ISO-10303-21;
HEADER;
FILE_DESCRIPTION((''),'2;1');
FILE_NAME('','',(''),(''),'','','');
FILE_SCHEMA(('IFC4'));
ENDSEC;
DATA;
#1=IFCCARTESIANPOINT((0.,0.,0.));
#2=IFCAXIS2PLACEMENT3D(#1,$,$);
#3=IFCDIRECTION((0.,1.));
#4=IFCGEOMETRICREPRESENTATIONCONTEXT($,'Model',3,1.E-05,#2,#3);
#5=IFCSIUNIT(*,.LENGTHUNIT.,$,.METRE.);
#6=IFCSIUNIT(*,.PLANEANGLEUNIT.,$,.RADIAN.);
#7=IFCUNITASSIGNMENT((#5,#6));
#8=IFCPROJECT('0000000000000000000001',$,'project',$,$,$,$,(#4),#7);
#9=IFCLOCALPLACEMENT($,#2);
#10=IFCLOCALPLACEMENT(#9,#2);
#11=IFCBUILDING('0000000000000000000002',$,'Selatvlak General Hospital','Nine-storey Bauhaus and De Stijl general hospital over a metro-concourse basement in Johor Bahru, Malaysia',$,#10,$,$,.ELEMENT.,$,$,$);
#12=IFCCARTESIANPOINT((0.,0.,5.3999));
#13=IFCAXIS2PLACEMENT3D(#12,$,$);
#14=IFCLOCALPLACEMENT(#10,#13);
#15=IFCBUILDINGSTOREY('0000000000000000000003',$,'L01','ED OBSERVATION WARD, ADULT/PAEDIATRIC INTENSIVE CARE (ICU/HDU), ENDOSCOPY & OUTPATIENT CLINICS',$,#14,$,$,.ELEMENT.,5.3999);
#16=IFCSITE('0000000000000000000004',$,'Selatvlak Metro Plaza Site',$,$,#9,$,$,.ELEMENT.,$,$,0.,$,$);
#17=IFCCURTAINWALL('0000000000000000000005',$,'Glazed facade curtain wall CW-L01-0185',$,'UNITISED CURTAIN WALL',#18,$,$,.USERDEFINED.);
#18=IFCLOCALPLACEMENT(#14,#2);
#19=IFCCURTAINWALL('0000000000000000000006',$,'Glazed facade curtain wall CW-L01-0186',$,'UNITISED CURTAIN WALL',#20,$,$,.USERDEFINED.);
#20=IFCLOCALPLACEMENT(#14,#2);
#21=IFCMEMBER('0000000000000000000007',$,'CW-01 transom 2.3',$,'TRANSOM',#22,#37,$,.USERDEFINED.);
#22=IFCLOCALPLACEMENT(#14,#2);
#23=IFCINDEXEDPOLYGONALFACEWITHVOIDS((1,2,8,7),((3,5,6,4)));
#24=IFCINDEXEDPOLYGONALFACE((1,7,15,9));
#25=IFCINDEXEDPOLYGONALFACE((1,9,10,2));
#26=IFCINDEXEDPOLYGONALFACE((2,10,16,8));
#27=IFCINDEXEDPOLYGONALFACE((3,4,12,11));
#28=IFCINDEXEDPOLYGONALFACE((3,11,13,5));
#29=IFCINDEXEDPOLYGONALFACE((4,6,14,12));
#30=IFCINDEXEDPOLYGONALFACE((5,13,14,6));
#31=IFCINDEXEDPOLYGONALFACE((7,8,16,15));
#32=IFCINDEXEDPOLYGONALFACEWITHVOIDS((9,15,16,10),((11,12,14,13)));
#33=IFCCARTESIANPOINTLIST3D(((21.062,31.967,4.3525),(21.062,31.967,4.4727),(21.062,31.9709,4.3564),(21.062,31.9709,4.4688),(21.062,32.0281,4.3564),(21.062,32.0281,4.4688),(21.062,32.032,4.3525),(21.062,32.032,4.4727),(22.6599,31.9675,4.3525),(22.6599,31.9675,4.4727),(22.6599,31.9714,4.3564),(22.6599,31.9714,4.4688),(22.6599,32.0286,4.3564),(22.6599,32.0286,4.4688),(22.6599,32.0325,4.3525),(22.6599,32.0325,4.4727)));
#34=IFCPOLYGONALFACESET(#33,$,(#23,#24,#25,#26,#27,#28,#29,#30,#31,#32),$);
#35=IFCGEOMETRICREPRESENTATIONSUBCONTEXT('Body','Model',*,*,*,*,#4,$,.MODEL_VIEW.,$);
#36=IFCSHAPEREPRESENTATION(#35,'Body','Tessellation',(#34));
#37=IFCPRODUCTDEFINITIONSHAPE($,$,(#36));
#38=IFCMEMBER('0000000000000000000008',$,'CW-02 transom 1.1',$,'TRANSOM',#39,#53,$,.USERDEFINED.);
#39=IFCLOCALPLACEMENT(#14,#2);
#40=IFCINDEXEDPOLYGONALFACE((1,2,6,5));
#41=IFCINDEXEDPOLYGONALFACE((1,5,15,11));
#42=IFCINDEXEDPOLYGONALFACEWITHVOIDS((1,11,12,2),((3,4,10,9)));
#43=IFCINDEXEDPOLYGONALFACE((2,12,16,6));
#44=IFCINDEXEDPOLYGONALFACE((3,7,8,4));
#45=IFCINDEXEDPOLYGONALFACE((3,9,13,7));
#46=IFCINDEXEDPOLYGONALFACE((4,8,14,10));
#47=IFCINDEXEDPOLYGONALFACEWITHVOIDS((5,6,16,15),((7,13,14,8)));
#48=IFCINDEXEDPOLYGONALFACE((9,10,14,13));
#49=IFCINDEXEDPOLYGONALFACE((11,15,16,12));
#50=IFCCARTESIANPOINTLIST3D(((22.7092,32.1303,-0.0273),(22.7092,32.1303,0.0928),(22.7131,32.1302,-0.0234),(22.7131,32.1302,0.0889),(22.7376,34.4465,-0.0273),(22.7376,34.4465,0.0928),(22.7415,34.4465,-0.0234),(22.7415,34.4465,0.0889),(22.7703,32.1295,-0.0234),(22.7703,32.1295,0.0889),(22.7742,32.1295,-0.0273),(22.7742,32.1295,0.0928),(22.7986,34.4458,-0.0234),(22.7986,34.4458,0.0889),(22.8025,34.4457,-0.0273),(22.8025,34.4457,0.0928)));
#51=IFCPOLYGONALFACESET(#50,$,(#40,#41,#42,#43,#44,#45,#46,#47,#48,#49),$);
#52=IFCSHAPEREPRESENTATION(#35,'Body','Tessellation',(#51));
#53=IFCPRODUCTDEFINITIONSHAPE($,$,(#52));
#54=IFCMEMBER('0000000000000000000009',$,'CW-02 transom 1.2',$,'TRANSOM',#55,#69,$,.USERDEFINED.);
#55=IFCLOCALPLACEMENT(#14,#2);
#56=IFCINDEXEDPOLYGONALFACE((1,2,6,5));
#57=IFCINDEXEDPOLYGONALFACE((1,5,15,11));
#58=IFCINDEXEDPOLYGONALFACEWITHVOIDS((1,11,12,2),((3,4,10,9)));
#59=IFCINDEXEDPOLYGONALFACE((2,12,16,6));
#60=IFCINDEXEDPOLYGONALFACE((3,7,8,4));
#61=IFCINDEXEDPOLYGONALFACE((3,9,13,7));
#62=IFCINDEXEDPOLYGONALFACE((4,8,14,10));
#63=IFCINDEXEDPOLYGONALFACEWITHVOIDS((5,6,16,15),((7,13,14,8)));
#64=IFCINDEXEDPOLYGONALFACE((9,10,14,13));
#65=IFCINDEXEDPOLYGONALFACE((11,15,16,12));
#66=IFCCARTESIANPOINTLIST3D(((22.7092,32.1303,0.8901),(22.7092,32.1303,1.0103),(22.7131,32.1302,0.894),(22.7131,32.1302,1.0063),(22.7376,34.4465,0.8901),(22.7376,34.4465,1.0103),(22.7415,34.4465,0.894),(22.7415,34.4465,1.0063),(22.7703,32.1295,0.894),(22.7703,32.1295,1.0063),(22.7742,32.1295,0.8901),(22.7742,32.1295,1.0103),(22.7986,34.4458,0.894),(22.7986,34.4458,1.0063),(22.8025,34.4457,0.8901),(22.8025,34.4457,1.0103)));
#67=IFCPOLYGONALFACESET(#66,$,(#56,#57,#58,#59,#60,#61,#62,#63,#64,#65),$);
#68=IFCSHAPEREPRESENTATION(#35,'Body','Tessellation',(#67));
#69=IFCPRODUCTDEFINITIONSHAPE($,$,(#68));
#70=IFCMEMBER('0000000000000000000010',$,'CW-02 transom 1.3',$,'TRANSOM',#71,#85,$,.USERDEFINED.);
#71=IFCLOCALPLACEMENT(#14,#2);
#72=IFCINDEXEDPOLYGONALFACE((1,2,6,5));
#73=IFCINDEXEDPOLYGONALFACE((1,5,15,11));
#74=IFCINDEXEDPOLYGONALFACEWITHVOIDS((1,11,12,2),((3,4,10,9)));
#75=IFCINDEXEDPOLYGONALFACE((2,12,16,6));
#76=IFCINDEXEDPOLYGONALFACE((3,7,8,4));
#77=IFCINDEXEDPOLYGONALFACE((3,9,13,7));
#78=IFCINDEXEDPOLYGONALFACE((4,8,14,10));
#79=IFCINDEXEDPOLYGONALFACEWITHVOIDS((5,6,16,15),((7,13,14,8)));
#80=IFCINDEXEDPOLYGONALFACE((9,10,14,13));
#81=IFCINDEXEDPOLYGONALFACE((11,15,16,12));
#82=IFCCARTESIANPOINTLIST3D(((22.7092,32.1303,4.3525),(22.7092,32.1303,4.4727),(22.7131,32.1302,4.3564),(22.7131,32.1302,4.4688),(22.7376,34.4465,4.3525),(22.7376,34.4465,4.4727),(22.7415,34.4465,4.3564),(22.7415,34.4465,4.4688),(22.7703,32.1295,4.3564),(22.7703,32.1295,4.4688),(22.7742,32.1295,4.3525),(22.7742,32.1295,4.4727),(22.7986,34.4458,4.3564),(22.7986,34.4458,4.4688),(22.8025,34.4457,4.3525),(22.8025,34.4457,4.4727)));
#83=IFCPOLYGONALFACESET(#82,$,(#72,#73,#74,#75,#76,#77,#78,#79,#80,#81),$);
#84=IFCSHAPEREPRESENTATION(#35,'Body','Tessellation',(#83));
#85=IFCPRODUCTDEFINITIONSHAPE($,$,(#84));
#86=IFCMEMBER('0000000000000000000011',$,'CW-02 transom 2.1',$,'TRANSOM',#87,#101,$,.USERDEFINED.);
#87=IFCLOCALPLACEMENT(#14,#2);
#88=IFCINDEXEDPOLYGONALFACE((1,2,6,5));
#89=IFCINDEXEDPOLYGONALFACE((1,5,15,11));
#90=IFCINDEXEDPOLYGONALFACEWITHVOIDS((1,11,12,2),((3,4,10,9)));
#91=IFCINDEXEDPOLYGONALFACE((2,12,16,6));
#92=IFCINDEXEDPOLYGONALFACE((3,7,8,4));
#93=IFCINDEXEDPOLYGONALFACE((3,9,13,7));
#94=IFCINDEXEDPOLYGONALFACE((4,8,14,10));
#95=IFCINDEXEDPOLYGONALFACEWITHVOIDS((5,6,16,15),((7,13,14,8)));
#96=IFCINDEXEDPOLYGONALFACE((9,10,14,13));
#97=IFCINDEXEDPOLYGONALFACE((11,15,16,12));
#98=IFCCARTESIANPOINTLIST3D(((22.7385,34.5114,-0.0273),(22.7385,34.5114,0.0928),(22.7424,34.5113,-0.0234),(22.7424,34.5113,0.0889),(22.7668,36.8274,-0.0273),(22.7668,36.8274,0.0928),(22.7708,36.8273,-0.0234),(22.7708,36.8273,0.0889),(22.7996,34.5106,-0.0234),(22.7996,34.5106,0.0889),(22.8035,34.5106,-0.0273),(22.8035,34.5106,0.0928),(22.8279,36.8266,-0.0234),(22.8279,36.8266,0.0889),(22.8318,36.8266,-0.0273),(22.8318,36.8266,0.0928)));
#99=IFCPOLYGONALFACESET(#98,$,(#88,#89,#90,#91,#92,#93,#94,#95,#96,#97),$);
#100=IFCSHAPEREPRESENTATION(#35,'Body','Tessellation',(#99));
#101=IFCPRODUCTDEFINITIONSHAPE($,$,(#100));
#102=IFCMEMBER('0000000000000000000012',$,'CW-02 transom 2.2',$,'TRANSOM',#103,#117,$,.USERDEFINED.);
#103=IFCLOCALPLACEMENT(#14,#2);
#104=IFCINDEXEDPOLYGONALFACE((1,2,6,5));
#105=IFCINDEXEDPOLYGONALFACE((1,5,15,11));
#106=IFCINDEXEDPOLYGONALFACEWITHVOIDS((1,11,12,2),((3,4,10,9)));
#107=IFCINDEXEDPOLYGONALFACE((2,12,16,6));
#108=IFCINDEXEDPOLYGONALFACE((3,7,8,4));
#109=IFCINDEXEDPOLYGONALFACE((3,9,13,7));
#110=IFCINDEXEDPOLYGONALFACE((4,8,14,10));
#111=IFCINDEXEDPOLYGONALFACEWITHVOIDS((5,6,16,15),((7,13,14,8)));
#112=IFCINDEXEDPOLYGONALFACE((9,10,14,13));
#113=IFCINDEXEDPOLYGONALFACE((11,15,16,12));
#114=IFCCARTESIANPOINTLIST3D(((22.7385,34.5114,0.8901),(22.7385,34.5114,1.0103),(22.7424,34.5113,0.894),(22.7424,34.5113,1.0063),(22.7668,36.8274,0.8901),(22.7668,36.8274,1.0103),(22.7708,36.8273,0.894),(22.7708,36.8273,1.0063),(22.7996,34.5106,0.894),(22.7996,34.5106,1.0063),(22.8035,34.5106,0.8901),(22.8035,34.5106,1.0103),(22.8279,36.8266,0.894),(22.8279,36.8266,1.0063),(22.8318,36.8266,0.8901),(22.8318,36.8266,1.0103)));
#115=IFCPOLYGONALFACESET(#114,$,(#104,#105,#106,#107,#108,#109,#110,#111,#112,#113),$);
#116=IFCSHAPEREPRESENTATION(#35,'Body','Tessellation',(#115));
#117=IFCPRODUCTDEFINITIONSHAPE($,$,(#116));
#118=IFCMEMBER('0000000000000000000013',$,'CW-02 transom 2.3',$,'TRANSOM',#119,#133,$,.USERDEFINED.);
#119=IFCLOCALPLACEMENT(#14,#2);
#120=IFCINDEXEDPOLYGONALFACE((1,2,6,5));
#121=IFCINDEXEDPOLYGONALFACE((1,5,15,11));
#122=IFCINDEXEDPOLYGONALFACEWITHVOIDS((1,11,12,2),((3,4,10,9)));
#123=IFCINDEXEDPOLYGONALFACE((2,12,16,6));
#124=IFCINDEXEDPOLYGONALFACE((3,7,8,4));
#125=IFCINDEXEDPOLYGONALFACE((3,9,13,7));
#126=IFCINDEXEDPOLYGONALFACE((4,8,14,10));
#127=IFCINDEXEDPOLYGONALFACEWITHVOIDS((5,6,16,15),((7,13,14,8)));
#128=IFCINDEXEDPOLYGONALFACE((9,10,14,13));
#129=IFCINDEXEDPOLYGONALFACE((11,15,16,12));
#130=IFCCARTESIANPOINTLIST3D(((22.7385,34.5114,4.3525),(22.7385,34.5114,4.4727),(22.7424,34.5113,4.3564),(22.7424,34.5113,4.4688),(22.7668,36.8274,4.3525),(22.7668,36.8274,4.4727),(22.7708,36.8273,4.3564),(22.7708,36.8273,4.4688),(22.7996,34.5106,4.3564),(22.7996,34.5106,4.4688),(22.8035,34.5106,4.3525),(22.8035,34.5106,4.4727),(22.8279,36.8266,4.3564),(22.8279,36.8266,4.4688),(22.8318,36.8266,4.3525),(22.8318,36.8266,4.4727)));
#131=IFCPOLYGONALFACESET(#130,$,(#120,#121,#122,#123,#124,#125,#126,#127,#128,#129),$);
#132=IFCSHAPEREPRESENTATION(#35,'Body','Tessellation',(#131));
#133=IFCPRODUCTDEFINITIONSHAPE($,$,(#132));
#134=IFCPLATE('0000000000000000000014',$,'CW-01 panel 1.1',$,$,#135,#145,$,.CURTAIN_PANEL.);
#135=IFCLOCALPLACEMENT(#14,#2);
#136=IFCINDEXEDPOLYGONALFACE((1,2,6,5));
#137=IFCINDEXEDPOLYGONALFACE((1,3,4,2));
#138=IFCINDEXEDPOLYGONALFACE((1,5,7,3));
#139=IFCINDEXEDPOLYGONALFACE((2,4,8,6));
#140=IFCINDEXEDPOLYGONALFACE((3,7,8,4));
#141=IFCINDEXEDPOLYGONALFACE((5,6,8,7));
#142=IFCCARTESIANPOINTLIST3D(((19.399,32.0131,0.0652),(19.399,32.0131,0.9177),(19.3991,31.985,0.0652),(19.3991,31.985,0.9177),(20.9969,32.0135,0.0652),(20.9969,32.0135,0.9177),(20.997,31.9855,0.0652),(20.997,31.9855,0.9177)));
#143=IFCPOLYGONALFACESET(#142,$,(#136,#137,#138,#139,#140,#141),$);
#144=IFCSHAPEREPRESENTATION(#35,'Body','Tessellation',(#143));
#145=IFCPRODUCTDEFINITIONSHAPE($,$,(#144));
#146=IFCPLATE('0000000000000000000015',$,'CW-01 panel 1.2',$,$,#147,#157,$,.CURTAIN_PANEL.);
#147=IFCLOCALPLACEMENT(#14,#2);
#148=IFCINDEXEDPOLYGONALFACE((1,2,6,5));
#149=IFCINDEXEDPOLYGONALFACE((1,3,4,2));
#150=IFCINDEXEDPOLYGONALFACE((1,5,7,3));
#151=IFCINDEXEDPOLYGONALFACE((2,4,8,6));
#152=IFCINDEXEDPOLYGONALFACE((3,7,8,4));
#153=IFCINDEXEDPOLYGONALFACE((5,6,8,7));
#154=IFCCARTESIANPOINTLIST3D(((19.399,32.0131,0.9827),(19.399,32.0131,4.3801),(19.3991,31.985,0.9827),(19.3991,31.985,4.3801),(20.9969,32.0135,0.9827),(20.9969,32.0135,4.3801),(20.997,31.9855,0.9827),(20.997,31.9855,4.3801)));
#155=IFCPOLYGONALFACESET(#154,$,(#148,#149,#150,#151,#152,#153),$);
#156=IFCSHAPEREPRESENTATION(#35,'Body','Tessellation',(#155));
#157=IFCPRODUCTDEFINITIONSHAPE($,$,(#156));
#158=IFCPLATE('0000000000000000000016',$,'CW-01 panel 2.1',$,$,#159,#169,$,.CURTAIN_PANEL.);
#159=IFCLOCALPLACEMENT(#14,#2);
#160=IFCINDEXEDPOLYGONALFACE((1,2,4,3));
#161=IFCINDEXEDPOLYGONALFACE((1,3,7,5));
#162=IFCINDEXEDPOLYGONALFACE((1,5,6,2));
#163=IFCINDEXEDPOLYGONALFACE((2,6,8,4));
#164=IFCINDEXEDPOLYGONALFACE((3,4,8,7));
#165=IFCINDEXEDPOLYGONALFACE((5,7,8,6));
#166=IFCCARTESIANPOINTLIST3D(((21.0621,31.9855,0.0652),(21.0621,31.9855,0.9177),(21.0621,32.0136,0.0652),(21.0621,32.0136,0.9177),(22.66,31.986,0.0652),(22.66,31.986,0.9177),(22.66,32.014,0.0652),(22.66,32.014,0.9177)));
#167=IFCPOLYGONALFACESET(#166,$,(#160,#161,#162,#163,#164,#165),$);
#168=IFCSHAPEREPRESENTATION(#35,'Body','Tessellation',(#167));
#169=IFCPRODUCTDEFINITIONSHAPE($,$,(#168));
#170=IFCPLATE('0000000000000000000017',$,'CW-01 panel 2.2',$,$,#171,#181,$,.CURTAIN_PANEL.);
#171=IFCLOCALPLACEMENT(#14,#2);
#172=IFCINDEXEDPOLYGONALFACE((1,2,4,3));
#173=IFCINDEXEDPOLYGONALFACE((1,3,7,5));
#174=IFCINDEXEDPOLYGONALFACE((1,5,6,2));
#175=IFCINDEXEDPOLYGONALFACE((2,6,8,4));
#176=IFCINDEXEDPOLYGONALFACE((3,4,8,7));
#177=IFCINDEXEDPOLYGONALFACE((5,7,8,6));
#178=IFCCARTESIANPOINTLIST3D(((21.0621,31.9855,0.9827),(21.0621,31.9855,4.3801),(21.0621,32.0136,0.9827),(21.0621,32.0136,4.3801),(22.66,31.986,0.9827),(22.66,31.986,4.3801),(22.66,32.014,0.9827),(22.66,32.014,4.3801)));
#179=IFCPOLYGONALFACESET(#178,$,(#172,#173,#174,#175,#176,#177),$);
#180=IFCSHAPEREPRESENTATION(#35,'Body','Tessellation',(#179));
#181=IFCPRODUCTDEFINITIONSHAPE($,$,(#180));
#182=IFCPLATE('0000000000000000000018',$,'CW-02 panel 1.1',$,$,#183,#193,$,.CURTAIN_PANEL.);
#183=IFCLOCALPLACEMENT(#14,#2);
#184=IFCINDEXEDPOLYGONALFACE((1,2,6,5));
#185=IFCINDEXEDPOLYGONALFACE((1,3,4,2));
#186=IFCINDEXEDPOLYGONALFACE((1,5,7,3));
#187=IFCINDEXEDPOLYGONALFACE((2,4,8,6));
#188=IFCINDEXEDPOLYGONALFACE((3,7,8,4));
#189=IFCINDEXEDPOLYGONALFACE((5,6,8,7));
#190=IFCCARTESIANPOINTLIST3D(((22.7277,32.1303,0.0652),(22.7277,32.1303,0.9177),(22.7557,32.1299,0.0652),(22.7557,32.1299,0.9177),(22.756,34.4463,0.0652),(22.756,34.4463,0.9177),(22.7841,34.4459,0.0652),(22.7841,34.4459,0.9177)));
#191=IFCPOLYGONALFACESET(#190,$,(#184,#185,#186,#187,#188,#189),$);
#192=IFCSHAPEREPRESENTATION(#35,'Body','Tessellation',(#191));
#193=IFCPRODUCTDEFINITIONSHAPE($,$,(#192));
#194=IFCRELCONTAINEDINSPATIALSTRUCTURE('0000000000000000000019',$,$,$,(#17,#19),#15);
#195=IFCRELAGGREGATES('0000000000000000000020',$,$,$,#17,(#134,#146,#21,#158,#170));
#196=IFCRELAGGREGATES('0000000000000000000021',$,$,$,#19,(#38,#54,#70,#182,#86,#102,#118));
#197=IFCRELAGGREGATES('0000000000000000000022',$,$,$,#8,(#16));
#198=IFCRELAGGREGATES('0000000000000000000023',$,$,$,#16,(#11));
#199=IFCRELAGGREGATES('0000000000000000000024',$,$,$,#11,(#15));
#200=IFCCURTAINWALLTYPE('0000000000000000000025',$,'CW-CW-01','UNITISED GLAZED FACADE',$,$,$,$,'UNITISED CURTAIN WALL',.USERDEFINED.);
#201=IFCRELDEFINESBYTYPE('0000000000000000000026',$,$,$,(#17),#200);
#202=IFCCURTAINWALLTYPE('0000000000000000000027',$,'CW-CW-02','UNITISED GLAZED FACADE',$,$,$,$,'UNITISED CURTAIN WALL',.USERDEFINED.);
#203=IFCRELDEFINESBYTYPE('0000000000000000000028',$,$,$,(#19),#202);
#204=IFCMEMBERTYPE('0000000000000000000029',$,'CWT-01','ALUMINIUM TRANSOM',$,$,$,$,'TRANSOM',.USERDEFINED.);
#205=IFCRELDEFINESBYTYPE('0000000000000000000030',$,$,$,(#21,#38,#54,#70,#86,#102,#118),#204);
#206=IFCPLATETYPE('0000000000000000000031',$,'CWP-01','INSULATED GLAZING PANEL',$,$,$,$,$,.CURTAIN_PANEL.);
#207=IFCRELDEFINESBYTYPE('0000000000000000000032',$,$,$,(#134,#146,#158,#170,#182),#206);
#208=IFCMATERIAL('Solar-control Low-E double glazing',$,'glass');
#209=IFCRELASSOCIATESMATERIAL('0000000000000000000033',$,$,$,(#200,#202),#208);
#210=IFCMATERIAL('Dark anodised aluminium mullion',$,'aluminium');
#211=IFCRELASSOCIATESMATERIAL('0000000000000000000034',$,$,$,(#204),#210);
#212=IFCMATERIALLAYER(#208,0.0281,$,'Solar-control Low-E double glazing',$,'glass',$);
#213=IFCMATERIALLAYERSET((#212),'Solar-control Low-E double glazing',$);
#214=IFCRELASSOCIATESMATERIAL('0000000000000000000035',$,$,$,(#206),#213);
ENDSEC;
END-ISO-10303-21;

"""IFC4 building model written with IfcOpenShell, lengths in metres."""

from ifc_helpers import new_model, si_unit, direction, frame, origin, origin_2d, place, context, subcontext, project, spatial, rectangle, hollow_rectangle, extrude, material, layer, layer_set, material_profile, profile_set, type_object, element, aggregate, save


model = new_model("IFC4")

# Units and contexts
model_context = context("Model", 3, precision=1e-05, world=origin(), true_north=direction((0.0, 1.0)))
body_context = subcontext(model_context, "Body", "Model", "MODEL_VIEW")
ifc_project = project(units=[si_unit("LENGTHUNIT", "METRE"), si_unit("PLANEANGLEUNIT", "RADIAN")], contexts=[model_context])

# Site, building, storey
site_placement = place(None, origin())
site = spatial("IfcSite", under=ifc_project, at=site_placement, Name="Selatvlak Metro Plaza Site", CompositionType="ELEMENT", RefElevation=0.0)
building_placement = place(site_placement, origin())
building = spatial("IfcBuilding", under=site, at=building_placement, Name="Selatvlak General Hospital", Description="Nine-storey Bauhaus and De Stijl general hospital over a metro-concourse basement in Johor Bahru, Malaysia", CompositionType="ELEMENT")
storey_placement = place(building_placement, frame((0.0, 0.0, 5.3999)))
storey = spatial("IfcBuildingStorey", under=building, at=storey_placement, Name="L01", Description="ED OBSERVATION WARD, ADULT/PAEDIATRIC INTENSIVE CARE (ICU/HDU), ENDOSCOPY & OUTPATIENT CLINICS", CompositionType="ELEMENT", Elevation=5.3999)

# Curtain walls
ifc_material_1 = material(Name="Solar-control Low-E double glazing", Category="glass")
curtain_wall_type_1 = type_object("IfcCurtainWallType", Name="CW-CW-01", Description="UNITISED GLAZED FACADE", ElementType="UNITISED CURTAIN WALL", PredefinedType="USERDEFINED", material=ifc_material_1)
curtain_wall_1_placement = place(storey_placement, origin())
curtain_wall_1 = element("IfcCurtainWall", 1, at=curtain_wall_1_placement, inside=storey, type_object=curtain_wall_type_1, Name="Glazed facade curtain wall CW-L01-0185", ObjectType="UNITISED CURTAIN WALL", PredefinedType="USERDEFINED")
ifc_material_2 = material(Name="Dark anodised aluminium mullion", Category="aluminium")
curtain_wall_type_2 = type_object("IfcCurtainWallType", Name="CW-CW-02", Description="UNITISED GLAZED FACADE", ElementType="UNITISED CURTAIN WALL", PredefinedType="USERDEFINED", material=ifc_material_1)
curtain_wall_2_placement = place(storey_placement, origin())
curtain_wall_2 = element("IfcCurtainWall", 2, at=curtain_wall_2_placement, inside=storey, type_object=curtain_wall_type_2, Name="Glazed facade curtain wall CW-L01-0186", ObjectType="UNITISED CURTAIN WALL", PredefinedType="USERDEFINED")

# Members
ifc_material_profile_1 = material_profile(ifc_material_2, hollow_rectangle(XDim=0.0649, YDim=0.1201, WallThickness=0.0039, at=origin_2d()), Name="AL-TRN 65x120x4")
ifc_profile_set_1 = profile_set([ifc_material_profile_1], Name="Dark anodised aluminium mullion")
member_type_1 = type_object("IfcMemberType", Name="CWT-01", Description="ALUMINIUM TRANSOM", ElementType="TRANSOM", PredefinedType="USERDEFINED", material=ifc_profile_set_1)
member_1_placement = place(storey_placement, frame((21.062, 31.9995, 4.4126), z_axis=(1.0, 0.000306, 0.0), x_axis=(-0.000306, 1.0, 0.0)))
member_1 = element("IfcMember", 3, at=member_1_placement, type_object=member_type_1, Name="CW-01 transom 2.3", ObjectType="TRANSOM", PredefinedType="USERDEFINED", context=body_context, shape_type="SweptSolid", body=[
    extrude(hollow_rectangle(XDim=0.0649, YDim=0.1201, WallThickness=0.0039, at=origin_2d()), origin(), (0.0, 0.0, 1.0), 1.5979),
])
member_2_placement = place(storey_placement, frame((22.7417, 32.1299, 0.0327), z_axis=(0.012226, 0.999925, 0.0), x_axis=(-0.999925, 0.012226, 0.0)))
member_2 = element("IfcMember", 4, at=member_2_placement, type_object=member_type_1, Name="CW-02 transom 1.1", ObjectType="TRANSOM", PredefinedType="USERDEFINED", context=body_context, shape_type="SweptSolid", body=[
    extrude(hollow_rectangle(XDim=0.0649, YDim=0.1201, WallThickness=0.0039, at=origin_2d()), origin(), (0.0, 0.0, 1.0), 2.3164),
])
member_3_placement = place(storey_placement, frame((22.7417, 32.1299, 0.9502), z_axis=(0.012226, 0.999925, 0.0), x_axis=(-0.999925, 0.012226, 0.0)))
member_3 = element("IfcMember", 5, at=member_3_placement, type_object=member_type_1, Name="CW-02 transom 1.2", ObjectType="TRANSOM", PredefinedType="USERDEFINED", context=body_context, shape_type="SweptSolid", body=[
    extrude(hollow_rectangle(XDim=0.0649, YDim=0.1201, WallThickness=0.0039, at=origin_2d()), origin(), (0.0, 0.0, 1.0), 2.3164),
])
member_4_placement = place(storey_placement, frame((22.7417, 32.1299, 4.4126), z_axis=(0.012226, 0.999925, 0.0), x_axis=(-0.999925, 0.012226, 0.0)))
member_4 = element("IfcMember", 6, at=member_4_placement, type_object=member_type_1, Name="CW-02 transom 1.3", ObjectType="TRANSOM", PredefinedType="USERDEFINED", context=body_context, shape_type="SweptSolid", body=[
    extrude(hollow_rectangle(XDim=0.0649, YDim=0.1201, WallThickness=0.0039, at=origin_2d()), origin(), (0.0, 0.0, 1.0), 2.3164),
])
member_5_placement = place(storey_placement, frame((22.771, 34.511, 0.0327), z_axis=(0.012228, 0.999925, 0.0), x_axis=(-0.999925, 0.012228, 0.0)))
member_5 = element("IfcMember", 7, at=member_5_placement, type_object=member_type_1, Name="CW-02 transom 2.1", ObjectType="TRANSOM", PredefinedType="USERDEFINED", context=body_context, shape_type="SweptSolid", body=[
    extrude(hollow_rectangle(XDim=0.0649, YDim=0.1201, WallThickness=0.0039, at=origin_2d()), origin(), (0.0, 0.0, 1.0), 2.3162),
])
member_6_placement = place(storey_placement, frame((22.771, 34.511, 0.9502), z_axis=(0.012228, 0.999925, 0.0), x_axis=(-0.999925, 0.012228, 0.0)))
member_6 = element("IfcMember", 8, at=member_6_placement, type_object=member_type_1, Name="CW-02 transom 2.2", ObjectType="TRANSOM", PredefinedType="USERDEFINED", context=body_context, shape_type="SweptSolid", body=[
    extrude(hollow_rectangle(XDim=0.0649, YDim=0.1201, WallThickness=0.0039, at=origin_2d()), origin(), (0.0, 0.0, 1.0), 2.3162),
])
member_7_placement = place(storey_placement, frame((22.771, 34.511, 4.4126), z_axis=(0.012228, 0.999925, 0.0), x_axis=(-0.999925, 0.012228, 0.0)))
member_7 = element("IfcMember", 9, at=member_7_placement, type_object=member_type_1, Name="CW-02 transom 2.3", ObjectType="TRANSOM", PredefinedType="USERDEFINED", context=body_context, shape_type="SweptSolid", body=[
    extrude(hollow_rectangle(XDim=0.0649, YDim=0.1201, WallThickness=0.0039, at=origin_2d()), origin(), (0.0, 0.0, 1.0), 2.3162),
])

# Plates
ifc_layer = layer(ifc_material_1, 0.0281, Name="Solar-control Low-E double glazing", Category="glass")
ifc_layer_set = layer_set([ifc_layer], Name="Solar-control Low-E double glazing")
plate_type = type_object("IfcPlateType", Name="CWP-01", Description="INSULATED GLAZING PANEL", PredefinedType="CURTAIN_PANEL", material=ifc_layer_set)
plate_1_placement = place(storey_placement, frame((20.198, 31.9993, 0.0652), z_axis=(0.0, 0.0, 1.0), x_axis=(1.0, 0.000295, 0.0)))
plate_1 = element("IfcPlate", 10, at=plate_1_placement, type_object=plate_type, Name="CW-01 panel 1.1", PredefinedType="CURTAIN_PANEL", context=body_context, shape_type="SweptSolid", body=[
    extrude(rectangle(XDim=1.5979, YDim=0.0281, at=origin_2d()), origin(), (0.0, 0.0, 1.0), 0.8525),
])
plate_2_placement = place(storey_placement, frame((20.198, 31.9993, 0.9827), z_axis=(0.0, 0.0, 1.0), x_axis=(1.0, 0.000295, 0.0)))
plate_2 = element("IfcPlate", 11, at=plate_2_placement, type_object=plate_type, Name="CW-01 panel 1.2", PredefinedType="CURTAIN_PANEL", context=body_context, shape_type="SweptSolid", body=[
    extrude(rectangle(XDim=1.5979, YDim=0.0281, at=origin_2d()), origin(), (0.0, 0.0, 1.0), 3.3975),
])
plate_3_placement = place(storey_placement, frame((21.8611, 31.9998, 0.0652), z_axis=(0.0, 0.0, 1.0), x_axis=(1.0, 0.000295, 0.0)))
plate_3 = element("IfcPlate", 12, at=plate_3_placement, type_object=plate_type, Name="CW-01 panel 2.1", PredefinedType="CURTAIN_PANEL", context=body_context, shape_type="SweptSolid", body=[
    extrude(rectangle(XDim=1.5979, YDim=0.0281, at=origin_2d()), origin(), (0.0, 0.0, 1.0), 0.8525),
])
plate_4_placement = place(storey_placement, frame((21.8611, 31.9998, 0.9827), z_axis=(0.0, 0.0, 1.0), x_axis=(1.0, 0.000295, 0.0)))
plate_4 = element("IfcPlate", 13, at=plate_4_placement, type_object=plate_type, Name="CW-01 panel 2.2", PredefinedType="CURTAIN_PANEL", context=body_context, shape_type="SweptSolid", body=[
    extrude(rectangle(XDim=1.5979, YDim=0.0281, at=origin_2d()), origin(), (0.0, 0.0, 1.0), 3.3975),
])
aggregate(curtain_wall_1, [plate_1, plate_2, member_1, plate_3, plate_4])
plate_5_placement = place(storey_placement, frame((22.7559, 33.2881, 0.0652), z_axis=(0.0, 0.0, 1.0), x_axis=(0.012222, 0.999925, 0.0)))
plate_5 = element("IfcPlate", 14, at=plate_5_placement, type_object=plate_type, Name="CW-02 panel 1.1", PredefinedType="CURTAIN_PANEL", context=body_context, shape_type="SweptSolid", body=[
    extrude(rectangle(XDim=2.3162, YDim=0.0281, at=origin_2d()), origin(), (0.0, 0.0, 1.0), 0.8525),
])
aggregate(curtain_wall_2, [member_2, member_3, member_4, plate_5, member_5, member_6, member_7])

save(model, "model.ifc")
